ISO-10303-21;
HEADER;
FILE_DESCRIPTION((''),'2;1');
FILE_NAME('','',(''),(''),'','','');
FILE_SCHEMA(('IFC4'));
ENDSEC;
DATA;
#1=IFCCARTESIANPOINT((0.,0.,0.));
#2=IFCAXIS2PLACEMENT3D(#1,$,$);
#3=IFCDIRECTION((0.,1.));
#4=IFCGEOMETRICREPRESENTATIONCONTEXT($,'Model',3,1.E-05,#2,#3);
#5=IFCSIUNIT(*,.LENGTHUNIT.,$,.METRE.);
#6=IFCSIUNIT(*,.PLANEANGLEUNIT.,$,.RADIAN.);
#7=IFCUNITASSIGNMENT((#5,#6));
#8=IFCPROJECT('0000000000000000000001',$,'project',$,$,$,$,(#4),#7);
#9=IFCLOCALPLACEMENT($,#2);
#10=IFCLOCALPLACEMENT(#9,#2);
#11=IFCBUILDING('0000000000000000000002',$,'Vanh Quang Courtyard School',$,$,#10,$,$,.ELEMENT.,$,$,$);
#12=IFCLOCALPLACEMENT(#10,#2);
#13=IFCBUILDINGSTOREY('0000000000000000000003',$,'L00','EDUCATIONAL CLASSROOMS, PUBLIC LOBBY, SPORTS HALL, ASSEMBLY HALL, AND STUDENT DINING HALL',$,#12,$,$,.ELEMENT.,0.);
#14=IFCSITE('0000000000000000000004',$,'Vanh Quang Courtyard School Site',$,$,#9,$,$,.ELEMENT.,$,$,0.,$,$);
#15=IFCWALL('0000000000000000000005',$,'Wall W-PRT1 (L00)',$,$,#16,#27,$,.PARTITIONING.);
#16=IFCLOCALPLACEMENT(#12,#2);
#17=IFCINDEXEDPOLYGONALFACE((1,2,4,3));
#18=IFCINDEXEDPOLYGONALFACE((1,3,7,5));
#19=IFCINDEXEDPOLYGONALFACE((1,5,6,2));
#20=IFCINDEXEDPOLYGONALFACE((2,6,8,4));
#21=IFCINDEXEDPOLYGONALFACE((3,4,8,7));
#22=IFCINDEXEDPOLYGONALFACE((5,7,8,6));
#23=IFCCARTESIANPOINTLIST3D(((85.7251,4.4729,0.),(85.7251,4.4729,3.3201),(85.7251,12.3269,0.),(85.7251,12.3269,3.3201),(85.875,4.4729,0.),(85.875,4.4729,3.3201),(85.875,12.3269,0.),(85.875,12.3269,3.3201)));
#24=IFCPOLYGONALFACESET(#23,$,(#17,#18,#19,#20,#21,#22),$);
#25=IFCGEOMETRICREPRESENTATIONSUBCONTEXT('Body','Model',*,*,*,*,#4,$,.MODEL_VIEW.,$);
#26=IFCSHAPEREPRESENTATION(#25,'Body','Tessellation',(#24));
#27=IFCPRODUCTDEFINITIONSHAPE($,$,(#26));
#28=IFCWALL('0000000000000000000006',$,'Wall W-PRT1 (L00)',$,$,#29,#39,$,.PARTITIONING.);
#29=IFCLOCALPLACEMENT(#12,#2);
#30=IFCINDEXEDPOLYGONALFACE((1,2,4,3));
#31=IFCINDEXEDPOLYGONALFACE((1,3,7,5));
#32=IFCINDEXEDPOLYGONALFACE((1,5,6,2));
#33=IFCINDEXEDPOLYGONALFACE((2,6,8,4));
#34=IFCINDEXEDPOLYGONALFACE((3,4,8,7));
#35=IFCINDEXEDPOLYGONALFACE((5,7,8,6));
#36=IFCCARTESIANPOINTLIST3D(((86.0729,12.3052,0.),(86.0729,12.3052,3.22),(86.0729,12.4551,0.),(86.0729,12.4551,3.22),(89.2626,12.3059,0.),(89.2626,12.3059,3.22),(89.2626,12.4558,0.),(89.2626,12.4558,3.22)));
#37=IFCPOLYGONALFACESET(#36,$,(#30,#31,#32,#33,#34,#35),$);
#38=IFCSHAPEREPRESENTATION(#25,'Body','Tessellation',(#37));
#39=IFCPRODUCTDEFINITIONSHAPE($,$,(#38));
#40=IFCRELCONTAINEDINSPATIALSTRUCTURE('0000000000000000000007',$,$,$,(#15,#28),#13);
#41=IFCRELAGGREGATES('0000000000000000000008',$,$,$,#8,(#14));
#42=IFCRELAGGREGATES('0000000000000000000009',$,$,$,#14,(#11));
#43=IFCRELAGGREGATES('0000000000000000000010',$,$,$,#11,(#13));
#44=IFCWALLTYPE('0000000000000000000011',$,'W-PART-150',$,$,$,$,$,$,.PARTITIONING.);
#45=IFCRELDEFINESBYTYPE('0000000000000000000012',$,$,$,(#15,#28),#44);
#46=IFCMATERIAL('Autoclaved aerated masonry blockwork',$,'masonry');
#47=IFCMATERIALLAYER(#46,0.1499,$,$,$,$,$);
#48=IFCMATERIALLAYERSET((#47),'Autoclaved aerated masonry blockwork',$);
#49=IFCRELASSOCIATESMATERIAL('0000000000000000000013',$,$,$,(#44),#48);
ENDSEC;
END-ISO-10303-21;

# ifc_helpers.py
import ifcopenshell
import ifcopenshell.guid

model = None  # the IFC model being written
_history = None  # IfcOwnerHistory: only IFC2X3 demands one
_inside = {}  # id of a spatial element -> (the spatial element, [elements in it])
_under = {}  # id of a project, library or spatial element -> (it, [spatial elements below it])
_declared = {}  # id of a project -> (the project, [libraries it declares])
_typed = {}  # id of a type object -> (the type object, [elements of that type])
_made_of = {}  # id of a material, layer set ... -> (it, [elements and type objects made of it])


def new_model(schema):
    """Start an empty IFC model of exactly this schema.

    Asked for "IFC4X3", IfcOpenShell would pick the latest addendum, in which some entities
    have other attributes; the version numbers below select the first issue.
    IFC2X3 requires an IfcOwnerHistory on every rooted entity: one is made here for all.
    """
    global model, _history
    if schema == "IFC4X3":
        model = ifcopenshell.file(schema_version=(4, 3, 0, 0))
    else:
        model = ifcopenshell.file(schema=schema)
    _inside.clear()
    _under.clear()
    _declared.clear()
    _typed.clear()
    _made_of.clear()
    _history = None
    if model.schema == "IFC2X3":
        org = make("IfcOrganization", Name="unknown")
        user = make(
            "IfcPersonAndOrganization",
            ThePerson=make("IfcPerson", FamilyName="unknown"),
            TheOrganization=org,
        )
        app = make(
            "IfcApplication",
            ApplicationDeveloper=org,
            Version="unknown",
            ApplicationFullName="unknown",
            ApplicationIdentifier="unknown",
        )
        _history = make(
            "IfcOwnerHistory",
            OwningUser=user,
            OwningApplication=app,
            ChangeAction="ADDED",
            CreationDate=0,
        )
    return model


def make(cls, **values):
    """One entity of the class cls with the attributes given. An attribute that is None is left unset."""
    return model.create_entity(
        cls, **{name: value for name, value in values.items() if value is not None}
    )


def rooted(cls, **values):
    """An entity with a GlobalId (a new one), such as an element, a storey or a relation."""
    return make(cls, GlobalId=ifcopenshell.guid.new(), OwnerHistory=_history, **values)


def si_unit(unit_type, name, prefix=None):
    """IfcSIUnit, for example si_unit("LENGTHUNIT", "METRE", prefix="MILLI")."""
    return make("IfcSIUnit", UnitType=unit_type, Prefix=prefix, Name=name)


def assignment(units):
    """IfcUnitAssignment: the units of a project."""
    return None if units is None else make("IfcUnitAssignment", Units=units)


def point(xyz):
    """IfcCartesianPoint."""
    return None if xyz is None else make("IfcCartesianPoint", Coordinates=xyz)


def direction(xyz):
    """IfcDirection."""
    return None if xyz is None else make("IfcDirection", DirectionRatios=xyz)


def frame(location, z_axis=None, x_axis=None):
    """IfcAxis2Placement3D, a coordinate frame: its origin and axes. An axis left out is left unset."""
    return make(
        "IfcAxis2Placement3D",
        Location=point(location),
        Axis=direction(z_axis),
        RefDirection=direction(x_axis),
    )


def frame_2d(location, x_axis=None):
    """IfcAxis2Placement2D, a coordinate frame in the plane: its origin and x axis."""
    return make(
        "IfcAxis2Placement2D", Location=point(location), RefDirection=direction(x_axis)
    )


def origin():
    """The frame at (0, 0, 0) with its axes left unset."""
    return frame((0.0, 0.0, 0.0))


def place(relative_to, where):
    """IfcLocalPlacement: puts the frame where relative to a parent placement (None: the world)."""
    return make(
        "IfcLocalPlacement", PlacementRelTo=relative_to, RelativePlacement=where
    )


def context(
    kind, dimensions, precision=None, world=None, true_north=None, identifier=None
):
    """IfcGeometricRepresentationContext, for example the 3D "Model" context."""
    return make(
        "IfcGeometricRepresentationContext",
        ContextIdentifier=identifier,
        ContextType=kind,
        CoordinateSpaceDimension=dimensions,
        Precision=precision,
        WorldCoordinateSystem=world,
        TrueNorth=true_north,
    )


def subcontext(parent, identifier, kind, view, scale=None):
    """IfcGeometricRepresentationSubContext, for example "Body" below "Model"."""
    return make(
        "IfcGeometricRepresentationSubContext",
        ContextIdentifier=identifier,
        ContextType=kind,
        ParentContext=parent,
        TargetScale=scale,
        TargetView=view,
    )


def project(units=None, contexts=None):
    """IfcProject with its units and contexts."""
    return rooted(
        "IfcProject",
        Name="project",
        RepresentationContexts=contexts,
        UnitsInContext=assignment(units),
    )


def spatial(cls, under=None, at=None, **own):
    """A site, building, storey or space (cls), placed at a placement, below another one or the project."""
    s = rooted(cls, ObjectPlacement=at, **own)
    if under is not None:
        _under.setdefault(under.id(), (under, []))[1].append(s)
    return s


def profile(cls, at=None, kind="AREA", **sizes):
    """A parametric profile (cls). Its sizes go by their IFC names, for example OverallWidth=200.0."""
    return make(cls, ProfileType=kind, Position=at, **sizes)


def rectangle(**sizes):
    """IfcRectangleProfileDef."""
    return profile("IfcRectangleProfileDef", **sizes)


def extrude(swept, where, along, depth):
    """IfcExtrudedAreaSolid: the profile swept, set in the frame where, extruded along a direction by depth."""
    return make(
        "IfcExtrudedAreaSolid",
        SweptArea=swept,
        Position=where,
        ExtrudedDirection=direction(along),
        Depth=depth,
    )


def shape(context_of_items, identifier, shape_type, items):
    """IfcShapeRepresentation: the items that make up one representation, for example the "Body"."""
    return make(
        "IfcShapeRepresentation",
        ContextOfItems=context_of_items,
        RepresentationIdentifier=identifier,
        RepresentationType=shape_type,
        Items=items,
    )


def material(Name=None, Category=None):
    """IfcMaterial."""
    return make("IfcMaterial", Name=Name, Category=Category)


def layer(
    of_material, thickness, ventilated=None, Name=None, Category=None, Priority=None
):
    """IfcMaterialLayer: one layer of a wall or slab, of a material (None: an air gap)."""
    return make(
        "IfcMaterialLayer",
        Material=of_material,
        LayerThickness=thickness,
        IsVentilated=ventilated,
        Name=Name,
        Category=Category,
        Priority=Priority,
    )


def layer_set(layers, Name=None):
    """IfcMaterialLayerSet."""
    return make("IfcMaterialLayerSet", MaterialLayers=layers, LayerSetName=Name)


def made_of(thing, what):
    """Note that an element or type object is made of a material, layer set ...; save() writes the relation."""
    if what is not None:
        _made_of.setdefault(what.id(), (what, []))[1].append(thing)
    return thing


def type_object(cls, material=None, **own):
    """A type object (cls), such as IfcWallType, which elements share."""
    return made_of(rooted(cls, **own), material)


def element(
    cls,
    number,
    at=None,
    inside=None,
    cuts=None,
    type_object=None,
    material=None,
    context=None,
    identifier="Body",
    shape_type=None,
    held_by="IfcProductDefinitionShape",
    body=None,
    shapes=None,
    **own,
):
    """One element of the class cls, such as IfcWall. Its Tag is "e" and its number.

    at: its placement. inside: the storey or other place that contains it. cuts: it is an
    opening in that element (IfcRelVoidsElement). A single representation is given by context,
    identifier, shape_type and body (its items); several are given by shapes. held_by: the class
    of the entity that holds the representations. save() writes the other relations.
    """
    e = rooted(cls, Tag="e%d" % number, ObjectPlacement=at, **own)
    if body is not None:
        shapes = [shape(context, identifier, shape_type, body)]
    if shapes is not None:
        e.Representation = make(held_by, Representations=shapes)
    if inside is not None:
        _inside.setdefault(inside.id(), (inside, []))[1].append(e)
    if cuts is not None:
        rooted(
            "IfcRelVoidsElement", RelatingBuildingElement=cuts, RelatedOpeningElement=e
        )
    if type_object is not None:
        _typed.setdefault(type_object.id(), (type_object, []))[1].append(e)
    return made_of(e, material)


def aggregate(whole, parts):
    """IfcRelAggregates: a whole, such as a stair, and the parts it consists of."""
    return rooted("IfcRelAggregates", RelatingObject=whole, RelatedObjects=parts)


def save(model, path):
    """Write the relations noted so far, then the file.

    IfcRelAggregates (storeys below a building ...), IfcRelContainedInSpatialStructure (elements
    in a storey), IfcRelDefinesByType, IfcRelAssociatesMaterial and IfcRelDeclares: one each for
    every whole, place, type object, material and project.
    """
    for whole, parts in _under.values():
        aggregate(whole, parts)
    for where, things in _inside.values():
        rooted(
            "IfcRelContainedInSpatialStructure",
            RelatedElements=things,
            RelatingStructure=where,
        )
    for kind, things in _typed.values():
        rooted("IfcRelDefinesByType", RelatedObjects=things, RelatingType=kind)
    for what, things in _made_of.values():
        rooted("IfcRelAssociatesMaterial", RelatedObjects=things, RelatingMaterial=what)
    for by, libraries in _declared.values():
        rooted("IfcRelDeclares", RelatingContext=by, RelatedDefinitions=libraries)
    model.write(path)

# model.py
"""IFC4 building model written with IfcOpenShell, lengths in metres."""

from ifc_helpers import new_model, si_unit, direction, frame, frame_2d, origin, place, context, subcontext, project, spatial, rectangle, extrude, material, layer, layer_set, type_object, element, save


model = new_model("IFC4")

# Units and contexts
model_context = context("Model", 3, precision=1e-05, world=origin(), true_north=direction((0.0, 1.0)))
body_context = subcontext(model_context, "Body", "Model", "MODEL_VIEW")
ifc_project = project(units=[si_unit("LENGTHUNIT", "METRE"), si_unit("PLANEANGLEUNIT", "RADIAN")], contexts=[model_context])

# Site, building, storey
site_placement = place(None, origin())
site = spatial("IfcSite", under=ifc_project, at=site_placement, Name="Vanh Quang Courtyard School Site", CompositionType="ELEMENT", RefElevation=0.0)
building_placement = place(site_placement, origin())
building = spatial("IfcBuilding", under=site, at=building_placement, Name="Vanh Quang Courtyard School", CompositionType="ELEMENT")
storey_placement = place(building_placement, origin())
storey = spatial("IfcBuildingStorey", under=building, at=storey_placement, Name="L00", Description="EDUCATIONAL CLASSROOMS, PUBLIC LOBBY, SPORTS HALL, ASSEMBLY HALL, AND STUDENT DINING HALL", CompositionType="ELEMENT", Elevation=0.0)

# Walls
ifc_material_1 = material(Name="Autoclaved aerated masonry blockwork", Category="masonry")
ifc_layer_1 = layer(ifc_material_1, 0.1499)
ifc_layer_set_1 = layer_set([ifc_layer_1], Name="Autoclaved aerated masonry blockwork")
wall_type_1 = type_object("IfcWallType", Name="W-PART-150", PredefinedType="PARTITIONING", material=ifc_layer_set_1)
wall_1_placement = place(storey_placement, frame((85.8, 12.3269, 0.0), z_axis=(0.0, 0.0, 1.0), x_axis=(0.0, -1.0, 0.0)))
element("IfcWall", 1, at=wall_1_placement, inside=storey, type_object=wall_type_1, Name="Wall W-PRT1 (L00)", PredefinedType="PARTITIONING", context=body_context, shape_type="SweptSolid", body=[
    extrude(rectangle(XDim=7.854, YDim=0.1499, at=frame_2d((3.927, 0.0))), origin(), (0.0, 0.0, 1.0), 3.3201),
])
wall_2_placement = place(storey_placement, frame((86.073, 12.3801, 0.0), z_axis=(0.0, 0.0, 1.0), x_axis=(1.0, 0.00023, 0.0)))
element("IfcWall", 2, at=wall_2_placement, inside=storey, type_object=wall_type_1, Name="Wall W-PRT1 (L00)", PredefinedType="PARTITIONING", context=body_context, shape_type="SweptSolid", body=[
    extrude(rectangle(XDim=3.1897, YDim=0.1499, at=frame_2d((1.5947, 0.0))), origin(), (0.0, 0.0, 1.0), 3.22),
])

save(model, "model.ifc")
